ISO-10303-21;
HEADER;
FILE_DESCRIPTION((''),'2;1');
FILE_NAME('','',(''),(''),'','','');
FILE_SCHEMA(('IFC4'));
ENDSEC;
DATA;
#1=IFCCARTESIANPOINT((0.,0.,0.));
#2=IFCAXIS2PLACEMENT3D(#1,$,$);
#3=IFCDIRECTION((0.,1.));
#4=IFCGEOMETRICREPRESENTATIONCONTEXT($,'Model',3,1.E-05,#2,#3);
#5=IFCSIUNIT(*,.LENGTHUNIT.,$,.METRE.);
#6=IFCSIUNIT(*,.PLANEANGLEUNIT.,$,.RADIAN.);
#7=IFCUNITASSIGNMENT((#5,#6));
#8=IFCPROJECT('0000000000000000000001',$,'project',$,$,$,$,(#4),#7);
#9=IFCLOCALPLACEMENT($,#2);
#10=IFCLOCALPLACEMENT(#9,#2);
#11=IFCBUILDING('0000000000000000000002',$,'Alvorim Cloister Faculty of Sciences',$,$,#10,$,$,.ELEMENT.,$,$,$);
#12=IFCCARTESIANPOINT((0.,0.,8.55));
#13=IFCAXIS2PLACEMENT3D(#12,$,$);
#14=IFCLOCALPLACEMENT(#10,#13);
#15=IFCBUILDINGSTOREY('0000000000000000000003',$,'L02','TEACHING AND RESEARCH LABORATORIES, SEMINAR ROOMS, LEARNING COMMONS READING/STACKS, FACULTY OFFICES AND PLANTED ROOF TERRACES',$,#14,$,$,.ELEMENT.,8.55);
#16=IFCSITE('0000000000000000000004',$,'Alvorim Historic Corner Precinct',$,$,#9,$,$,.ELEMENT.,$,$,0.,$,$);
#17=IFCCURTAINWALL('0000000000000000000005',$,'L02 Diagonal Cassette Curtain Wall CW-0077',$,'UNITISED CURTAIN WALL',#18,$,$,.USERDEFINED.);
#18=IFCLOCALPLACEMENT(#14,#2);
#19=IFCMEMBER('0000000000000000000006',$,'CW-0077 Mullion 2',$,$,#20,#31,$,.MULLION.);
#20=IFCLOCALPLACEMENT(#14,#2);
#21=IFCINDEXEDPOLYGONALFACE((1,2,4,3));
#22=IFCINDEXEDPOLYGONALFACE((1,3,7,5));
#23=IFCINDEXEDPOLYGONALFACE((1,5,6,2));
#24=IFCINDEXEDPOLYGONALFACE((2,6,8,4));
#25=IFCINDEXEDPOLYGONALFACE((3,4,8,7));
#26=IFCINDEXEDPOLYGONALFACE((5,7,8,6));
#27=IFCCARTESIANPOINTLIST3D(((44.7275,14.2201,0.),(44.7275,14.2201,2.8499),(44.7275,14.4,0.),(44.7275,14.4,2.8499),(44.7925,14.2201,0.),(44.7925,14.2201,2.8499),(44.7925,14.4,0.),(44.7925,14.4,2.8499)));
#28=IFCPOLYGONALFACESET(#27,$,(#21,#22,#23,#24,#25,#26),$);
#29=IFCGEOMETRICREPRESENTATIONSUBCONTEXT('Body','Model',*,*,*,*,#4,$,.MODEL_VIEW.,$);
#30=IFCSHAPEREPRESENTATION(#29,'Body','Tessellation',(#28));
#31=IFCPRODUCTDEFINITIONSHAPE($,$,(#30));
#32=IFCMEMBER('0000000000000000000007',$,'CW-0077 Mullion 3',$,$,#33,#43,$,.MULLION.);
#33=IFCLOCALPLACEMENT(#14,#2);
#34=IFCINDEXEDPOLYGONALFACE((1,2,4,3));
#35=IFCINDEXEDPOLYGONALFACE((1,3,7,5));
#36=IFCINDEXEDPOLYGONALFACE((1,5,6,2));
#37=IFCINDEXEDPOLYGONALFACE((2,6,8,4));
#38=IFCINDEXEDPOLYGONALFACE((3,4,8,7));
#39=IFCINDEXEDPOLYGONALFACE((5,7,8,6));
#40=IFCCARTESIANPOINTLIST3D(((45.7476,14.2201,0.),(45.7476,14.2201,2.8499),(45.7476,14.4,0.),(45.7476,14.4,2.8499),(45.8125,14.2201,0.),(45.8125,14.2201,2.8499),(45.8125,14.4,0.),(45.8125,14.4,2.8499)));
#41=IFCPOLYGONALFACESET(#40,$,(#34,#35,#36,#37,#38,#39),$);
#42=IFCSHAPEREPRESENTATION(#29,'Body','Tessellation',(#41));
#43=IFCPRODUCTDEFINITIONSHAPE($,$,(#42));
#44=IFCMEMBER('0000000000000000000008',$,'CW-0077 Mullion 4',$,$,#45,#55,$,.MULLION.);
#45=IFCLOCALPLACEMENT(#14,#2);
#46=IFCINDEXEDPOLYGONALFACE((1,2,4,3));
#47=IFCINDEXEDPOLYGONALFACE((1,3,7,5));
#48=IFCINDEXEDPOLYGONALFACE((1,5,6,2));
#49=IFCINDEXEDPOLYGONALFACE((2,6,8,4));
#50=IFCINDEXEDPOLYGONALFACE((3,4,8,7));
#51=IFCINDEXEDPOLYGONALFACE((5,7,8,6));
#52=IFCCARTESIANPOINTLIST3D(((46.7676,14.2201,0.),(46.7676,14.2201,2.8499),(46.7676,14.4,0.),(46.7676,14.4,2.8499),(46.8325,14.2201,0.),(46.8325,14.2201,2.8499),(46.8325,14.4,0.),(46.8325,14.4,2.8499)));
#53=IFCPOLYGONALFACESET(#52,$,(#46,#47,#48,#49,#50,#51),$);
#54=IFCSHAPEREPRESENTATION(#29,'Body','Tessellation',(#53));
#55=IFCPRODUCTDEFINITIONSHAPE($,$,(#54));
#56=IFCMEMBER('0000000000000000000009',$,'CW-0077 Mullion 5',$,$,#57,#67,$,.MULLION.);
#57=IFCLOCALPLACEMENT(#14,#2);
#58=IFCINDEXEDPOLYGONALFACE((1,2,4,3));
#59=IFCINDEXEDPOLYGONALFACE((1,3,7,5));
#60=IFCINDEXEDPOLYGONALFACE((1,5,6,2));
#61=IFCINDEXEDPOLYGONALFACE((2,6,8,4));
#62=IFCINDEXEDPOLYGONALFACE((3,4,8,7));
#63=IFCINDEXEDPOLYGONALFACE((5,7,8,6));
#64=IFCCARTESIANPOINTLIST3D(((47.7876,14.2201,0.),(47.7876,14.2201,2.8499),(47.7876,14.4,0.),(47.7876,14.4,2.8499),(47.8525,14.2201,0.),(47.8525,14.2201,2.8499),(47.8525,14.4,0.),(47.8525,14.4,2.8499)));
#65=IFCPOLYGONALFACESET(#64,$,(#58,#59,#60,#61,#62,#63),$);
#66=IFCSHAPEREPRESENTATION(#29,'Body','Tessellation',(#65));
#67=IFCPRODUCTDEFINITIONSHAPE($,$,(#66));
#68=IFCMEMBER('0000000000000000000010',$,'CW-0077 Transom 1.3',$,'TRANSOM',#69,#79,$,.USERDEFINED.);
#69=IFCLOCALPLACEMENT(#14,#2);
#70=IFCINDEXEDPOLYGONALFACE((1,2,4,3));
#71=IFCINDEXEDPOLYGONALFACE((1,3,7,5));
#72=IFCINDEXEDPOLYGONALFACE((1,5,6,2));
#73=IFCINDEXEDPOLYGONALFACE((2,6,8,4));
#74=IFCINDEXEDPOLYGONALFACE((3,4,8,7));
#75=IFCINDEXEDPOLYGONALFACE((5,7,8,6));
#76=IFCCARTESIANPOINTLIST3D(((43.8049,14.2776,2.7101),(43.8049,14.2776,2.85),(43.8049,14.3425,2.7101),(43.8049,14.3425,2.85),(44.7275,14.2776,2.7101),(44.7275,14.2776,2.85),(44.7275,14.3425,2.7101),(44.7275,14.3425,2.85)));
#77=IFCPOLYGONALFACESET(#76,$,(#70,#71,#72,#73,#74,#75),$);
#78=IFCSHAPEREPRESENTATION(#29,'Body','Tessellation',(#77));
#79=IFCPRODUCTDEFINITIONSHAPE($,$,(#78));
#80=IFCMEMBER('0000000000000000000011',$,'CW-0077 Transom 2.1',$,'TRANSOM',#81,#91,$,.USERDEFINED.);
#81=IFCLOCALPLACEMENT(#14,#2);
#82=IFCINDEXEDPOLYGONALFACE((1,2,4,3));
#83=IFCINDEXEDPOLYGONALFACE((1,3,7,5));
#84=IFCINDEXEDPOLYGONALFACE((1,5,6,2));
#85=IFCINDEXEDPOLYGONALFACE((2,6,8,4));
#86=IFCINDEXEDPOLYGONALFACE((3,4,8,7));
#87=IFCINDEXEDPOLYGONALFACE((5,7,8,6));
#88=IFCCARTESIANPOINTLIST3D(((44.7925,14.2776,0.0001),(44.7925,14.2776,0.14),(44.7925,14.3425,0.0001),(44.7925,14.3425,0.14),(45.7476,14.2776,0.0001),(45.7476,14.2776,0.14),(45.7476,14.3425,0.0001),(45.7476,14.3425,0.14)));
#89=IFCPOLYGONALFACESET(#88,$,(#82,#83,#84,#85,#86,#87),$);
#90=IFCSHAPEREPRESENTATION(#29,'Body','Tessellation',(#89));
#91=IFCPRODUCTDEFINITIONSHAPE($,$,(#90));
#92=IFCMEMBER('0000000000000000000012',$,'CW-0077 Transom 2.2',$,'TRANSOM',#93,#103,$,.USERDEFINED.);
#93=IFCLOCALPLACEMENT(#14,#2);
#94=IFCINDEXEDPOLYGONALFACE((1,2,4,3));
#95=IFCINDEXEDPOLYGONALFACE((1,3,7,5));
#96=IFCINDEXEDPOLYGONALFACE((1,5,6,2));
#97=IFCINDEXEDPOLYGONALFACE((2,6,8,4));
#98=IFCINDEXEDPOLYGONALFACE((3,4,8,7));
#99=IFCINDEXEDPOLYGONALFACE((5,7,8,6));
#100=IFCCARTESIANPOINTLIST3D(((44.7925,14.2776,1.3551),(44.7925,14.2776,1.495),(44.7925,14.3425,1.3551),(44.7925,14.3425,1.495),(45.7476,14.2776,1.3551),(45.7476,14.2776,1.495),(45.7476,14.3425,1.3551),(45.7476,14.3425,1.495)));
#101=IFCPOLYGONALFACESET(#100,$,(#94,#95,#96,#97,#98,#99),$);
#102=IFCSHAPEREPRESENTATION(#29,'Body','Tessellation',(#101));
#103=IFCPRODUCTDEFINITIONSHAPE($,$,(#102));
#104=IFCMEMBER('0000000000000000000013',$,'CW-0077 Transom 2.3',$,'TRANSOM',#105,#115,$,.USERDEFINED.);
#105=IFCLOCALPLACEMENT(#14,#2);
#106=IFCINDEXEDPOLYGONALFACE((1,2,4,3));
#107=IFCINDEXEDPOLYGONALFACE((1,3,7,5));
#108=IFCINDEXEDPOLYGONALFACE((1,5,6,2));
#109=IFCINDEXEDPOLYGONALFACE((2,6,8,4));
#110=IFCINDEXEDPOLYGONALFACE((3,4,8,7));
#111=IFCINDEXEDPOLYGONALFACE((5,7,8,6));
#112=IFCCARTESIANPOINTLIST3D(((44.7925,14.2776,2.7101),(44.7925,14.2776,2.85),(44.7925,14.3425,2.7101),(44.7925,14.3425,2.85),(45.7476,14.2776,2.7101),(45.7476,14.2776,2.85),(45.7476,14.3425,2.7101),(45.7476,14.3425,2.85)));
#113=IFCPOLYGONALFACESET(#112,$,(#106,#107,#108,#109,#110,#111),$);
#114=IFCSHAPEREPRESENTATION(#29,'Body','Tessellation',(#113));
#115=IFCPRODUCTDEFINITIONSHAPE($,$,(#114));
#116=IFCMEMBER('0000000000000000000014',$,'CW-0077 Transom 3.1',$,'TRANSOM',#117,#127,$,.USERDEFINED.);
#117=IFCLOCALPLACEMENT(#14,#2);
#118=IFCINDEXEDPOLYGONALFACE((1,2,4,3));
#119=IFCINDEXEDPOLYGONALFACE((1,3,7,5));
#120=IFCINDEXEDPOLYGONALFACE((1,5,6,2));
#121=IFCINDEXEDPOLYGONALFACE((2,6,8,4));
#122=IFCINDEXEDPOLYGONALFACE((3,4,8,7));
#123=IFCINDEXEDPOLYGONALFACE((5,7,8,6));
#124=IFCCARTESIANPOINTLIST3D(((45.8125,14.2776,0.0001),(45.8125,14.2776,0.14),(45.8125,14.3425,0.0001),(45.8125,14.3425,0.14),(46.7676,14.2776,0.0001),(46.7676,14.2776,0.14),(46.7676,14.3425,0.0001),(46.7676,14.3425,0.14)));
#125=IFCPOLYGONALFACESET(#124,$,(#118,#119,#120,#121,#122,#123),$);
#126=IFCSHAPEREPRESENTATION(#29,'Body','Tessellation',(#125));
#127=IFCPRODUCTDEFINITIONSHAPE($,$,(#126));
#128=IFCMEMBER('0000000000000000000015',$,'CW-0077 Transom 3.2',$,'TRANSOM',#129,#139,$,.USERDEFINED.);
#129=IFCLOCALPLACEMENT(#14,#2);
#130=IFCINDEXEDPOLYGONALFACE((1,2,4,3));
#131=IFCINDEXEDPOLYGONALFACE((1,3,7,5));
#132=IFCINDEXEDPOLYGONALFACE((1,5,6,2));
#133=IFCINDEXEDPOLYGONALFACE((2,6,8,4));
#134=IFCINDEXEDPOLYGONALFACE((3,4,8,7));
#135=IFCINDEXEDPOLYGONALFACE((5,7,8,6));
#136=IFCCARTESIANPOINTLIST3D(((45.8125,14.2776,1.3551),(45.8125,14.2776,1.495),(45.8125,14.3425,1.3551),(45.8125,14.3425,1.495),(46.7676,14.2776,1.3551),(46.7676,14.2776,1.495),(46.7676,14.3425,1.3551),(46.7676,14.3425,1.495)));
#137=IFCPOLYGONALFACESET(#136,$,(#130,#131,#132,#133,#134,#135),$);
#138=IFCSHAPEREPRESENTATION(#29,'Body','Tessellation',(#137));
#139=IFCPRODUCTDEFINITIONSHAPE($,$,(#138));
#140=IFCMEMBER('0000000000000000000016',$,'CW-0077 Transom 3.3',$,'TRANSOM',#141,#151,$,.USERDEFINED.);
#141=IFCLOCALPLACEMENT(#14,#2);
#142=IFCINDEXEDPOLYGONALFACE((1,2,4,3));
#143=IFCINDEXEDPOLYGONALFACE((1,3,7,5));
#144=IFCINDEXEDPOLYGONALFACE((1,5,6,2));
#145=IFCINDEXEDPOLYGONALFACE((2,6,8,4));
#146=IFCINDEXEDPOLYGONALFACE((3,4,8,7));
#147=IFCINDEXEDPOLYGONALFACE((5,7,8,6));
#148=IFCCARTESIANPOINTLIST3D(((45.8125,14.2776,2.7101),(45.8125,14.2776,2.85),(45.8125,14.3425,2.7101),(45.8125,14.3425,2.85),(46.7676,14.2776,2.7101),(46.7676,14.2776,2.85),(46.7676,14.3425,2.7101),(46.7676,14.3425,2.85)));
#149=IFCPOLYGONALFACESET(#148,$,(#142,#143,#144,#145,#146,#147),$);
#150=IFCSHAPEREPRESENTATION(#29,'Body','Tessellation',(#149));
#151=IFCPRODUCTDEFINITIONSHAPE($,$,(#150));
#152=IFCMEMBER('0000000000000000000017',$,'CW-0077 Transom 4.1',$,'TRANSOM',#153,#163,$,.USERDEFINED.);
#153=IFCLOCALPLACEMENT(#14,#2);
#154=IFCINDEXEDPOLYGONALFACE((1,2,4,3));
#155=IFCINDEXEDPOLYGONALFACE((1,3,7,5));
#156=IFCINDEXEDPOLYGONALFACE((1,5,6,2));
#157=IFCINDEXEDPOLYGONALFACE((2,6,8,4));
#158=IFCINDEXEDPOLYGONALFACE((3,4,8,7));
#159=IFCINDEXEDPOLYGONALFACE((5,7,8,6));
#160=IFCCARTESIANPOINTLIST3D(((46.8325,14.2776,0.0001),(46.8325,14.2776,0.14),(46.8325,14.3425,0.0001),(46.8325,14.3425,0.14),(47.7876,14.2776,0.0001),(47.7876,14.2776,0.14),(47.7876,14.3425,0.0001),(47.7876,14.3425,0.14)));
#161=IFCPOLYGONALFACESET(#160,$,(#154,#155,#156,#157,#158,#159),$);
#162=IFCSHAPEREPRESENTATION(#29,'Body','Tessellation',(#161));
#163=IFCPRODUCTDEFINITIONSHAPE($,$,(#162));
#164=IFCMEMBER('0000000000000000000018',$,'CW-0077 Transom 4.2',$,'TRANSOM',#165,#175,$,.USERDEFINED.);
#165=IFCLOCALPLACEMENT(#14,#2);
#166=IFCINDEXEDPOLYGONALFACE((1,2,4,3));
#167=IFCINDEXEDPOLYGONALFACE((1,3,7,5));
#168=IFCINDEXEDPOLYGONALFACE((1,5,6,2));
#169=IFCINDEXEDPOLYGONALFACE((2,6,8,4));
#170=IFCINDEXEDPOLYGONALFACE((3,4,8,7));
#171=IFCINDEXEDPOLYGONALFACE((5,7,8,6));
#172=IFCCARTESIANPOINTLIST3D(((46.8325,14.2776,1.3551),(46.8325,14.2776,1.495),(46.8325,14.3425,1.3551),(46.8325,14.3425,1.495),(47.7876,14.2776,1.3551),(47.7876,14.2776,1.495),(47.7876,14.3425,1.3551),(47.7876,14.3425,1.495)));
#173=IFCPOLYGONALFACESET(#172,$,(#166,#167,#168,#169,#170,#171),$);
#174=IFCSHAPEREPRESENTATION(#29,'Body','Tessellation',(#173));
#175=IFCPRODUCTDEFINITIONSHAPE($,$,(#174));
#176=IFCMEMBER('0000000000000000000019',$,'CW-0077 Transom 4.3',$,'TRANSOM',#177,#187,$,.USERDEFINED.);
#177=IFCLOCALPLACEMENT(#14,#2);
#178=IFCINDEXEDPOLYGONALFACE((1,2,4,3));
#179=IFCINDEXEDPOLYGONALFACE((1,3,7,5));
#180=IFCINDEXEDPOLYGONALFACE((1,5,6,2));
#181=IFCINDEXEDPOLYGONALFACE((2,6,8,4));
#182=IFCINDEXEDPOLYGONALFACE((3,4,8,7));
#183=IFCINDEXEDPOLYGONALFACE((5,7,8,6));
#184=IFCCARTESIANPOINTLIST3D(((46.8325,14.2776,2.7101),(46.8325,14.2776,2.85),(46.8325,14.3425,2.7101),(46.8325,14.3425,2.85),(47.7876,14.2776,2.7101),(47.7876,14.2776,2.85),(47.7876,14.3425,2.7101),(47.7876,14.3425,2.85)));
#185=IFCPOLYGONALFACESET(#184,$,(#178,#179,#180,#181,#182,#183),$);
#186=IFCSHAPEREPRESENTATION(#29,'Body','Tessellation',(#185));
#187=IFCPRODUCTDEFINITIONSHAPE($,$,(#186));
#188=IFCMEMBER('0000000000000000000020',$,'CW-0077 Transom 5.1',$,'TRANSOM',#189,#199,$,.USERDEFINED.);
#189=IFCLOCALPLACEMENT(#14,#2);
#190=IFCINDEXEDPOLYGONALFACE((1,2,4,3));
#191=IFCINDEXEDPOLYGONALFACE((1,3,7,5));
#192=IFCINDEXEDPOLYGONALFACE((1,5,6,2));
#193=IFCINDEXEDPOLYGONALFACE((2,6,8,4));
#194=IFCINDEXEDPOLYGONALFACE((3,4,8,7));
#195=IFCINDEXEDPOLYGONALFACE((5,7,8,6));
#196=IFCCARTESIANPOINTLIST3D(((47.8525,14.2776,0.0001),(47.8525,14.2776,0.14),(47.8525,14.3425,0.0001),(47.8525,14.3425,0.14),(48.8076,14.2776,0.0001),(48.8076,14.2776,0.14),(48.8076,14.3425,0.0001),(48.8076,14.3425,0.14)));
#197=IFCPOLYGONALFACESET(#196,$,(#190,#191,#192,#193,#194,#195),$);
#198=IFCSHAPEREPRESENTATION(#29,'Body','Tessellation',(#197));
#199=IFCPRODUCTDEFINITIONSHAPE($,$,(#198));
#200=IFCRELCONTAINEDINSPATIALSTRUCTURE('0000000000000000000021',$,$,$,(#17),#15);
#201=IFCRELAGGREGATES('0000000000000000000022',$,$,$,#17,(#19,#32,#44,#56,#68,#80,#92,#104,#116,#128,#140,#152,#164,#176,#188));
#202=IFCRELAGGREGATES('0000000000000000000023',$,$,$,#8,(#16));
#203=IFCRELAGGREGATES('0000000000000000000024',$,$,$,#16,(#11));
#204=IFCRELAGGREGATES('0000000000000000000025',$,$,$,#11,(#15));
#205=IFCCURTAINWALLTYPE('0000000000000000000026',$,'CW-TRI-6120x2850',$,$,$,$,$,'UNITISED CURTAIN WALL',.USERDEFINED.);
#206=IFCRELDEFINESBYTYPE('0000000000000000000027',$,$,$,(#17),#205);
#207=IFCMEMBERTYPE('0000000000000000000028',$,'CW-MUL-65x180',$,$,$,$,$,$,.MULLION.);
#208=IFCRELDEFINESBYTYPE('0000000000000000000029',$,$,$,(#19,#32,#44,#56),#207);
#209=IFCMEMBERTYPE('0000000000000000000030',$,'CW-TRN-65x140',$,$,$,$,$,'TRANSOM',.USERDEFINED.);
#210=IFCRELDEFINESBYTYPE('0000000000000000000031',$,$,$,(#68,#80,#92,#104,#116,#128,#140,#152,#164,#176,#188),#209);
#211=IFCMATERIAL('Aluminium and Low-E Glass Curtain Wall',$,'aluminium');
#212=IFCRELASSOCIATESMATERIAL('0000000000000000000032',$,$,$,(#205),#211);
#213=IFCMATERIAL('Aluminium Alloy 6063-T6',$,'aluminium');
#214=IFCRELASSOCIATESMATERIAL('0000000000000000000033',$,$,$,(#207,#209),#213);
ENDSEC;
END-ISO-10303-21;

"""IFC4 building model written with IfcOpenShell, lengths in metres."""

from ifc_helpers import new_model, si_unit, direction, frame, origin, origin_2d, place, context, subcontext, project, spatial, rectangle, extrude, material, material_profile, profile_set, type_object, element, aggregate, save


model = new_model("IFC4")

# Units and contexts
model_context = context("Model", 3, precision=1e-05, world=origin(), true_north=direction((0.0, 1.0)))
body_context = subcontext(model_context, "Body", "Model", "MODEL_VIEW")
ifc_project = project(units=[si_unit("LENGTHUNIT", "METRE"), si_unit("PLANEANGLEUNIT", "RADIAN")], contexts=[model_context])

# Site, building, storey
site_placement = place(None, origin())
site = spatial("IfcSite", under=ifc_project, at=site_placement, Name="Alvorim Historic Corner Precinct", CompositionType="ELEMENT", RefElevation=0.0)
building_placement = place(site_placement, origin())
building = spatial("IfcBuilding", under=site, at=building_placement, Name="Alvorim Cloister Faculty of Sciences", CompositionType="ELEMENT")
storey_placement = place(building_placement, frame((0.0, 0.0, 8.55)))
storey = spatial("IfcBuildingStorey", under=building, at=storey_placement, Name="L02", Description="TEACHING AND RESEARCH LABORATORIES, SEMINAR ROOMS, LEARNING COMMONS READING/STACKS, FACULTY OFFICES AND PLANTED ROOF TERRACES", CompositionType="ELEMENT", Elevation=8.55)

# Curtain wall, members
ifc_material_1 = material(Name="Aluminium and Low-E Glass Curtain Wall", Category="aluminium")
curtain_wall_type = type_object("IfcCurtainWallType", Name="CW-TRI-6120x2850", ElementType="UNITISED CURTAIN WALL", PredefinedType="USERDEFINED", material=ifc_material_1)
curtain_wall_placement = place(storey_placement, origin())
curtain_wall = element("IfcCurtainWall", 1, at=curtain_wall_placement, inside=storey, type_object=curtain_wall_type, Name="L02 Diagonal Cassette Curtain Wall CW-0077", ObjectType="UNITISED CURTAIN WALL", PredefinedType="USERDEFINED")
ifc_material_2 = material(Name="Aluminium Alloy 6063-T6", Category="aluminium")
ifc_material_profile_1 = material_profile(ifc_material_2, rectangle(XDim=0.0649, YDim=0.1799, at=origin_2d()), Name="ALU-MUL-65x180")
ifc_profile_set_1 = profile_set([ifc_material_profile_1], Name="Aluminium Alloy 6063-T6")
member_type_1 = type_object("IfcMemberType", Name="CW-MUL-65x180", PredefinedType="MULLION", material=ifc_profile_set_1)
member_1_placement = place(storey_placement, frame((44.76, 14.3101, 0.0), z_axis=(0.0, 0.0, 1.0), x_axis=(1.0, 0.0, 0.0)))
member_1 = element("IfcMember", 2, at=member_1_placement, type_object=member_type_1, Name="CW-0077 Mullion 2", PredefinedType="MULLION", context=body_context, shape_type="SweptSolid", body=[
    extrude(rectangle(XDim=0.0649, YDim=0.1799, at=origin_2d()), origin(), (0.0, 0.0, 1.0), 2.8499),
])
member_2_placement = place(storey_placement, frame((45.78, 14.3101, 0.0), z_axis=(0.0, 0.0, 1.0), x_axis=(1.0, 0.0, 0.0)))
member_2 = element("IfcMember", 3, at=member_2_placement, type_object=member_type_1, Name="CW-0077 Mullion 3", PredefinedType="MULLION", context=body_context, shape_type="SweptSolid", body=[
    extrude(rectangle(XDim=0.0649, YDim=0.1799, at=origin_2d()), origin(), (0.0, 0.0, 1.0), 2.8499),
])
member_3_placement = place(storey_placement, frame((46.8, 14.3101, 0.0), z_axis=(0.0, 0.0, 1.0), x_axis=(1.0, 0.0, 0.0)))
member_3 = element("IfcMember", 4, at=member_3_placement, type_object=member_type_1, Name="CW-0077 Mullion 4", PredefinedType="MULLION", context=body_context, shape_type="SweptSolid", body=[
    extrude(rectangle(XDim=0.0649, YDim=0.1799, at=origin_2d()), origin(), (0.0, 0.0, 1.0), 2.8499),
])
member_4_placement = place(storey_placement, frame((47.8201, 14.3101, 0.0), z_axis=(0.0, 0.0, 1.0), x_axis=(1.0, 0.0, 0.0)))
member_4 = element("IfcMember", 5, at=member_4_placement, type_object=member_type_1, Name="CW-0077 Mullion 5", PredefinedType="MULLION", context=body_context, shape_type="SweptSolid", body=[
    extrude(rectangle(XDim=0.0649, YDim=0.1799, at=origin_2d()), origin(), (0.0, 0.0, 1.0), 2.8499),
])
ifc_material_profile_2 = material_profile(ifc_material_2, rectangle(XDim=0.0649, YDim=0.1399, at=origin_2d()), Name="ALU-TRN-65x140")
ifc_profile_set_2 = profile_set([ifc_material_profile_2], Name="Aluminium Alloy 6063-T6")
member_type_2 = type_object("IfcMemberType", Name="CW-TRN-65x140", ElementType="TRANSOM", PredefinedType="USERDEFINED", material=ifc_profile_set_2)
member_5_placement = place(storey_placement, frame((43.8049, 14.3101, 2.78), z_axis=(1.0, 0.0, 0.0), x_axis=(0.0, 1.0, 0.0)))
member_5 = element("IfcMember", 6, at=member_5_placement, type_object=member_type_2, Name="CW-0077 Transom 1.3", ObjectType="TRANSOM", PredefinedType="USERDEFINED", context=body_context, shape_type="SweptSolid", body=[
    extrude(rectangle(XDim=0.0649, YDim=0.1399, at=origin_2d()), origin(), (0.0, 0.0, 1.0), 0.9226),
])
member_6_placement = place(storey_placement, frame((44.7925, 14.3101, 0.0701), z_axis=(1.0, 0.0, 0.0), x_axis=(0.0, 1.0, 0.0)))
member_6 = element("IfcMember", 7, at=member_6_placement, type_object=member_type_2, Name="CW-0077 Transom 2.1", ObjectType="TRANSOM", PredefinedType="USERDEFINED", context=body_context, shape_type="SweptSolid", body=[
    extrude(rectangle(XDim=0.0649, YDim=0.1399, at=origin_2d()), origin(), (0.0, 0.0, 1.0), 0.9551),
])
member_7_placement = place(storey_placement, frame((44.7925, 14.3101, 1.425), z_axis=(1.0, 0.0, 0.0), x_axis=(0.0, 1.0, 0.0)))
member_7 = element("IfcMember", 8, at=member_7_placement, type_object=member_type_2, Name="CW-0077 Transom 2.2", ObjectType="TRANSOM", PredefinedType="USERDEFINED", context=body_context, shape_type="SweptSolid", body=[
    extrude(rectangle(XDim=0.0649, YDim=0.1399, at=origin_2d()), origin(), (0.0, 0.0, 1.0), 0.9551),
])
member_8_placement = place(storey_placement, frame((44.7925, 14.3101, 2.78), z_axis=(1.0, 0.0, 0.0), x_axis=(0.0, 1.0, 0.0)))
member_8 = element("IfcMember", 9, at=member_8_placement, type_object=member_type_2, Name="CW-0077 Transom 2.3", ObjectType="TRANSOM", PredefinedType="USERDEFINED", context=body_context, shape_type="SweptSolid", body=[
    extrude(rectangle(XDim=0.0649, YDim=0.1399, at=origin_2d()), origin(), (0.0, 0.0, 1.0), 0.9551),
])
member_9_placement = place(storey_placement, frame((45.8125, 14.3101, 0.0701), z_axis=(1.0, 0.0, 0.0), x_axis=(0.0, 1.0, 0.0)))
member_9 = element("IfcMember", 10, at=member_9_placement, type_object=member_type_2, Name="CW-0077 Transom 3.1", ObjectType="TRANSOM", PredefinedType="USERDEFINED", context=body_context, shape_type="SweptSolid", body=[
    extrude(rectangle(XDim=0.0649, YDim=0.1399, at=origin_2d()), origin(), (0.0, 0.0, 1.0), 0.9551),
])
member_10_placement = place(storey_placement, frame((45.8125, 14.3101, 1.425), z_axis=(1.0, 0.0, 0.0), x_axis=(0.0, 1.0, 0.0)))
member_10 = element("IfcMember", 11, at=member_10_placement, type_object=member_type_2, Name="CW-0077 Transom 3.2", ObjectType="TRANSOM", PredefinedType="USERDEFINED", context=body_context, shape_type="SweptSolid", body=[
    extrude(rectangle(XDim=0.0649, YDim=0.1399, at=origin_2d()), origin(), (0.0, 0.0, 1.0), 0.9551),
])
member_11_placement = place(storey_placement, frame((45.8125, 14.3101, 2.78), z_axis=(1.0, 0.0, 0.0), x_axis=(0.0, 1.0, 0.0)))
member_11 = element("IfcMember", 12, at=member_11_placement, type_object=member_type_2, Name="CW-0077 Transom 3.3", ObjectType="TRANSOM", PredefinedType="USERDEFINED", context=body_context, shape_type="SweptSolid", body=[
    extrude(rectangle(XDim=0.0649, YDim=0.1399, at=origin_2d()), origin(), (0.0, 0.0, 1.0), 0.9551),
])
member_12_placement = place(storey_placement, frame((46.8325, 14.3101, 0.0701), z_axis=(1.0, 0.0, 0.0), x_axis=(0.0, 1.0, 0.0)))
member_12 = element("IfcMember", 13, at=member_12_placement, type_object=member_type_2, Name="CW-0077 Transom 4.1", ObjectType="TRANSOM", PredefinedType="USERDEFINED", context=body_context, shape_type="SweptSolid", body=[
    extrude(rectangle(XDim=0.0649, YDim=0.1399, at=origin_2d()), origin(), (0.0, 0.0, 1.0), 0.9551),
])
member_13_placement = place(storey_placement, frame((46.8325, 14.3101, 1.425), z_axis=(1.0, 0.0, 0.0), x_axis=(0.0, 1.0, 0.0)))
member_13 = element("IfcMember", 14, at=member_13_placement, type_object=member_type_2, Name="CW-0077 Transom 4.2", ObjectType="TRANSOM", PredefinedType="USERDEFINED", context=body_context, shape_type="SweptSolid", body=[
    extrude(rectangle(XDim=0.0649, YDim=0.1399, at=origin_2d()), origin(), (0.0, 0.0, 1.0), 0.9551),
])
member_14_placement = place(storey_placement, frame((46.8325, 14.3101, 2.78), z_axis=(1.0, 0.0, 0.0), x_axis=(0.0, 1.0, 0.0)))
member_14 = element("IfcMember", 15, at=member_14_placement, type_object=member_type_2, Name="CW-0077 Transom 4.3", ObjectType="TRANSOM", PredefinedType="USERDEFINED", context=body_context, shape_type="SweptSolid", body=[
    extrude(rectangle(XDim=0.0649, YDim=0.1399, at=origin_2d()), origin(), (0.0, 0.0, 1.0), 0.9551),
])
member_15_placement = place(storey_placement, frame((47.8525, 14.3101, 0.0701), z_axis=(1.0, 0.0, 0.0), x_axis=(0.0, 1.0, 0.0)))
member_15 = element("IfcMember", 16, at=member_15_placement, type_object=member_type_2, Name="CW-0077 Transom 5.1", ObjectType="TRANSOM", PredefinedType="USERDEFINED", context=body_context, shape_type="SweptSolid", body=[
    extrude(rectangle(XDim=0.0649, YDim=0.1399, at=origin_2d()), origin(), (0.0, 0.0, 1.0), 0.9551),
])
aggregate(curtain_wall, [member_1, member_2, member_3, member_4, member_5, member_6, member_7, member_8, member_9, member_10, member_11, member_12, member_13, member_14, member_15])

save(model, "model.ifc")
